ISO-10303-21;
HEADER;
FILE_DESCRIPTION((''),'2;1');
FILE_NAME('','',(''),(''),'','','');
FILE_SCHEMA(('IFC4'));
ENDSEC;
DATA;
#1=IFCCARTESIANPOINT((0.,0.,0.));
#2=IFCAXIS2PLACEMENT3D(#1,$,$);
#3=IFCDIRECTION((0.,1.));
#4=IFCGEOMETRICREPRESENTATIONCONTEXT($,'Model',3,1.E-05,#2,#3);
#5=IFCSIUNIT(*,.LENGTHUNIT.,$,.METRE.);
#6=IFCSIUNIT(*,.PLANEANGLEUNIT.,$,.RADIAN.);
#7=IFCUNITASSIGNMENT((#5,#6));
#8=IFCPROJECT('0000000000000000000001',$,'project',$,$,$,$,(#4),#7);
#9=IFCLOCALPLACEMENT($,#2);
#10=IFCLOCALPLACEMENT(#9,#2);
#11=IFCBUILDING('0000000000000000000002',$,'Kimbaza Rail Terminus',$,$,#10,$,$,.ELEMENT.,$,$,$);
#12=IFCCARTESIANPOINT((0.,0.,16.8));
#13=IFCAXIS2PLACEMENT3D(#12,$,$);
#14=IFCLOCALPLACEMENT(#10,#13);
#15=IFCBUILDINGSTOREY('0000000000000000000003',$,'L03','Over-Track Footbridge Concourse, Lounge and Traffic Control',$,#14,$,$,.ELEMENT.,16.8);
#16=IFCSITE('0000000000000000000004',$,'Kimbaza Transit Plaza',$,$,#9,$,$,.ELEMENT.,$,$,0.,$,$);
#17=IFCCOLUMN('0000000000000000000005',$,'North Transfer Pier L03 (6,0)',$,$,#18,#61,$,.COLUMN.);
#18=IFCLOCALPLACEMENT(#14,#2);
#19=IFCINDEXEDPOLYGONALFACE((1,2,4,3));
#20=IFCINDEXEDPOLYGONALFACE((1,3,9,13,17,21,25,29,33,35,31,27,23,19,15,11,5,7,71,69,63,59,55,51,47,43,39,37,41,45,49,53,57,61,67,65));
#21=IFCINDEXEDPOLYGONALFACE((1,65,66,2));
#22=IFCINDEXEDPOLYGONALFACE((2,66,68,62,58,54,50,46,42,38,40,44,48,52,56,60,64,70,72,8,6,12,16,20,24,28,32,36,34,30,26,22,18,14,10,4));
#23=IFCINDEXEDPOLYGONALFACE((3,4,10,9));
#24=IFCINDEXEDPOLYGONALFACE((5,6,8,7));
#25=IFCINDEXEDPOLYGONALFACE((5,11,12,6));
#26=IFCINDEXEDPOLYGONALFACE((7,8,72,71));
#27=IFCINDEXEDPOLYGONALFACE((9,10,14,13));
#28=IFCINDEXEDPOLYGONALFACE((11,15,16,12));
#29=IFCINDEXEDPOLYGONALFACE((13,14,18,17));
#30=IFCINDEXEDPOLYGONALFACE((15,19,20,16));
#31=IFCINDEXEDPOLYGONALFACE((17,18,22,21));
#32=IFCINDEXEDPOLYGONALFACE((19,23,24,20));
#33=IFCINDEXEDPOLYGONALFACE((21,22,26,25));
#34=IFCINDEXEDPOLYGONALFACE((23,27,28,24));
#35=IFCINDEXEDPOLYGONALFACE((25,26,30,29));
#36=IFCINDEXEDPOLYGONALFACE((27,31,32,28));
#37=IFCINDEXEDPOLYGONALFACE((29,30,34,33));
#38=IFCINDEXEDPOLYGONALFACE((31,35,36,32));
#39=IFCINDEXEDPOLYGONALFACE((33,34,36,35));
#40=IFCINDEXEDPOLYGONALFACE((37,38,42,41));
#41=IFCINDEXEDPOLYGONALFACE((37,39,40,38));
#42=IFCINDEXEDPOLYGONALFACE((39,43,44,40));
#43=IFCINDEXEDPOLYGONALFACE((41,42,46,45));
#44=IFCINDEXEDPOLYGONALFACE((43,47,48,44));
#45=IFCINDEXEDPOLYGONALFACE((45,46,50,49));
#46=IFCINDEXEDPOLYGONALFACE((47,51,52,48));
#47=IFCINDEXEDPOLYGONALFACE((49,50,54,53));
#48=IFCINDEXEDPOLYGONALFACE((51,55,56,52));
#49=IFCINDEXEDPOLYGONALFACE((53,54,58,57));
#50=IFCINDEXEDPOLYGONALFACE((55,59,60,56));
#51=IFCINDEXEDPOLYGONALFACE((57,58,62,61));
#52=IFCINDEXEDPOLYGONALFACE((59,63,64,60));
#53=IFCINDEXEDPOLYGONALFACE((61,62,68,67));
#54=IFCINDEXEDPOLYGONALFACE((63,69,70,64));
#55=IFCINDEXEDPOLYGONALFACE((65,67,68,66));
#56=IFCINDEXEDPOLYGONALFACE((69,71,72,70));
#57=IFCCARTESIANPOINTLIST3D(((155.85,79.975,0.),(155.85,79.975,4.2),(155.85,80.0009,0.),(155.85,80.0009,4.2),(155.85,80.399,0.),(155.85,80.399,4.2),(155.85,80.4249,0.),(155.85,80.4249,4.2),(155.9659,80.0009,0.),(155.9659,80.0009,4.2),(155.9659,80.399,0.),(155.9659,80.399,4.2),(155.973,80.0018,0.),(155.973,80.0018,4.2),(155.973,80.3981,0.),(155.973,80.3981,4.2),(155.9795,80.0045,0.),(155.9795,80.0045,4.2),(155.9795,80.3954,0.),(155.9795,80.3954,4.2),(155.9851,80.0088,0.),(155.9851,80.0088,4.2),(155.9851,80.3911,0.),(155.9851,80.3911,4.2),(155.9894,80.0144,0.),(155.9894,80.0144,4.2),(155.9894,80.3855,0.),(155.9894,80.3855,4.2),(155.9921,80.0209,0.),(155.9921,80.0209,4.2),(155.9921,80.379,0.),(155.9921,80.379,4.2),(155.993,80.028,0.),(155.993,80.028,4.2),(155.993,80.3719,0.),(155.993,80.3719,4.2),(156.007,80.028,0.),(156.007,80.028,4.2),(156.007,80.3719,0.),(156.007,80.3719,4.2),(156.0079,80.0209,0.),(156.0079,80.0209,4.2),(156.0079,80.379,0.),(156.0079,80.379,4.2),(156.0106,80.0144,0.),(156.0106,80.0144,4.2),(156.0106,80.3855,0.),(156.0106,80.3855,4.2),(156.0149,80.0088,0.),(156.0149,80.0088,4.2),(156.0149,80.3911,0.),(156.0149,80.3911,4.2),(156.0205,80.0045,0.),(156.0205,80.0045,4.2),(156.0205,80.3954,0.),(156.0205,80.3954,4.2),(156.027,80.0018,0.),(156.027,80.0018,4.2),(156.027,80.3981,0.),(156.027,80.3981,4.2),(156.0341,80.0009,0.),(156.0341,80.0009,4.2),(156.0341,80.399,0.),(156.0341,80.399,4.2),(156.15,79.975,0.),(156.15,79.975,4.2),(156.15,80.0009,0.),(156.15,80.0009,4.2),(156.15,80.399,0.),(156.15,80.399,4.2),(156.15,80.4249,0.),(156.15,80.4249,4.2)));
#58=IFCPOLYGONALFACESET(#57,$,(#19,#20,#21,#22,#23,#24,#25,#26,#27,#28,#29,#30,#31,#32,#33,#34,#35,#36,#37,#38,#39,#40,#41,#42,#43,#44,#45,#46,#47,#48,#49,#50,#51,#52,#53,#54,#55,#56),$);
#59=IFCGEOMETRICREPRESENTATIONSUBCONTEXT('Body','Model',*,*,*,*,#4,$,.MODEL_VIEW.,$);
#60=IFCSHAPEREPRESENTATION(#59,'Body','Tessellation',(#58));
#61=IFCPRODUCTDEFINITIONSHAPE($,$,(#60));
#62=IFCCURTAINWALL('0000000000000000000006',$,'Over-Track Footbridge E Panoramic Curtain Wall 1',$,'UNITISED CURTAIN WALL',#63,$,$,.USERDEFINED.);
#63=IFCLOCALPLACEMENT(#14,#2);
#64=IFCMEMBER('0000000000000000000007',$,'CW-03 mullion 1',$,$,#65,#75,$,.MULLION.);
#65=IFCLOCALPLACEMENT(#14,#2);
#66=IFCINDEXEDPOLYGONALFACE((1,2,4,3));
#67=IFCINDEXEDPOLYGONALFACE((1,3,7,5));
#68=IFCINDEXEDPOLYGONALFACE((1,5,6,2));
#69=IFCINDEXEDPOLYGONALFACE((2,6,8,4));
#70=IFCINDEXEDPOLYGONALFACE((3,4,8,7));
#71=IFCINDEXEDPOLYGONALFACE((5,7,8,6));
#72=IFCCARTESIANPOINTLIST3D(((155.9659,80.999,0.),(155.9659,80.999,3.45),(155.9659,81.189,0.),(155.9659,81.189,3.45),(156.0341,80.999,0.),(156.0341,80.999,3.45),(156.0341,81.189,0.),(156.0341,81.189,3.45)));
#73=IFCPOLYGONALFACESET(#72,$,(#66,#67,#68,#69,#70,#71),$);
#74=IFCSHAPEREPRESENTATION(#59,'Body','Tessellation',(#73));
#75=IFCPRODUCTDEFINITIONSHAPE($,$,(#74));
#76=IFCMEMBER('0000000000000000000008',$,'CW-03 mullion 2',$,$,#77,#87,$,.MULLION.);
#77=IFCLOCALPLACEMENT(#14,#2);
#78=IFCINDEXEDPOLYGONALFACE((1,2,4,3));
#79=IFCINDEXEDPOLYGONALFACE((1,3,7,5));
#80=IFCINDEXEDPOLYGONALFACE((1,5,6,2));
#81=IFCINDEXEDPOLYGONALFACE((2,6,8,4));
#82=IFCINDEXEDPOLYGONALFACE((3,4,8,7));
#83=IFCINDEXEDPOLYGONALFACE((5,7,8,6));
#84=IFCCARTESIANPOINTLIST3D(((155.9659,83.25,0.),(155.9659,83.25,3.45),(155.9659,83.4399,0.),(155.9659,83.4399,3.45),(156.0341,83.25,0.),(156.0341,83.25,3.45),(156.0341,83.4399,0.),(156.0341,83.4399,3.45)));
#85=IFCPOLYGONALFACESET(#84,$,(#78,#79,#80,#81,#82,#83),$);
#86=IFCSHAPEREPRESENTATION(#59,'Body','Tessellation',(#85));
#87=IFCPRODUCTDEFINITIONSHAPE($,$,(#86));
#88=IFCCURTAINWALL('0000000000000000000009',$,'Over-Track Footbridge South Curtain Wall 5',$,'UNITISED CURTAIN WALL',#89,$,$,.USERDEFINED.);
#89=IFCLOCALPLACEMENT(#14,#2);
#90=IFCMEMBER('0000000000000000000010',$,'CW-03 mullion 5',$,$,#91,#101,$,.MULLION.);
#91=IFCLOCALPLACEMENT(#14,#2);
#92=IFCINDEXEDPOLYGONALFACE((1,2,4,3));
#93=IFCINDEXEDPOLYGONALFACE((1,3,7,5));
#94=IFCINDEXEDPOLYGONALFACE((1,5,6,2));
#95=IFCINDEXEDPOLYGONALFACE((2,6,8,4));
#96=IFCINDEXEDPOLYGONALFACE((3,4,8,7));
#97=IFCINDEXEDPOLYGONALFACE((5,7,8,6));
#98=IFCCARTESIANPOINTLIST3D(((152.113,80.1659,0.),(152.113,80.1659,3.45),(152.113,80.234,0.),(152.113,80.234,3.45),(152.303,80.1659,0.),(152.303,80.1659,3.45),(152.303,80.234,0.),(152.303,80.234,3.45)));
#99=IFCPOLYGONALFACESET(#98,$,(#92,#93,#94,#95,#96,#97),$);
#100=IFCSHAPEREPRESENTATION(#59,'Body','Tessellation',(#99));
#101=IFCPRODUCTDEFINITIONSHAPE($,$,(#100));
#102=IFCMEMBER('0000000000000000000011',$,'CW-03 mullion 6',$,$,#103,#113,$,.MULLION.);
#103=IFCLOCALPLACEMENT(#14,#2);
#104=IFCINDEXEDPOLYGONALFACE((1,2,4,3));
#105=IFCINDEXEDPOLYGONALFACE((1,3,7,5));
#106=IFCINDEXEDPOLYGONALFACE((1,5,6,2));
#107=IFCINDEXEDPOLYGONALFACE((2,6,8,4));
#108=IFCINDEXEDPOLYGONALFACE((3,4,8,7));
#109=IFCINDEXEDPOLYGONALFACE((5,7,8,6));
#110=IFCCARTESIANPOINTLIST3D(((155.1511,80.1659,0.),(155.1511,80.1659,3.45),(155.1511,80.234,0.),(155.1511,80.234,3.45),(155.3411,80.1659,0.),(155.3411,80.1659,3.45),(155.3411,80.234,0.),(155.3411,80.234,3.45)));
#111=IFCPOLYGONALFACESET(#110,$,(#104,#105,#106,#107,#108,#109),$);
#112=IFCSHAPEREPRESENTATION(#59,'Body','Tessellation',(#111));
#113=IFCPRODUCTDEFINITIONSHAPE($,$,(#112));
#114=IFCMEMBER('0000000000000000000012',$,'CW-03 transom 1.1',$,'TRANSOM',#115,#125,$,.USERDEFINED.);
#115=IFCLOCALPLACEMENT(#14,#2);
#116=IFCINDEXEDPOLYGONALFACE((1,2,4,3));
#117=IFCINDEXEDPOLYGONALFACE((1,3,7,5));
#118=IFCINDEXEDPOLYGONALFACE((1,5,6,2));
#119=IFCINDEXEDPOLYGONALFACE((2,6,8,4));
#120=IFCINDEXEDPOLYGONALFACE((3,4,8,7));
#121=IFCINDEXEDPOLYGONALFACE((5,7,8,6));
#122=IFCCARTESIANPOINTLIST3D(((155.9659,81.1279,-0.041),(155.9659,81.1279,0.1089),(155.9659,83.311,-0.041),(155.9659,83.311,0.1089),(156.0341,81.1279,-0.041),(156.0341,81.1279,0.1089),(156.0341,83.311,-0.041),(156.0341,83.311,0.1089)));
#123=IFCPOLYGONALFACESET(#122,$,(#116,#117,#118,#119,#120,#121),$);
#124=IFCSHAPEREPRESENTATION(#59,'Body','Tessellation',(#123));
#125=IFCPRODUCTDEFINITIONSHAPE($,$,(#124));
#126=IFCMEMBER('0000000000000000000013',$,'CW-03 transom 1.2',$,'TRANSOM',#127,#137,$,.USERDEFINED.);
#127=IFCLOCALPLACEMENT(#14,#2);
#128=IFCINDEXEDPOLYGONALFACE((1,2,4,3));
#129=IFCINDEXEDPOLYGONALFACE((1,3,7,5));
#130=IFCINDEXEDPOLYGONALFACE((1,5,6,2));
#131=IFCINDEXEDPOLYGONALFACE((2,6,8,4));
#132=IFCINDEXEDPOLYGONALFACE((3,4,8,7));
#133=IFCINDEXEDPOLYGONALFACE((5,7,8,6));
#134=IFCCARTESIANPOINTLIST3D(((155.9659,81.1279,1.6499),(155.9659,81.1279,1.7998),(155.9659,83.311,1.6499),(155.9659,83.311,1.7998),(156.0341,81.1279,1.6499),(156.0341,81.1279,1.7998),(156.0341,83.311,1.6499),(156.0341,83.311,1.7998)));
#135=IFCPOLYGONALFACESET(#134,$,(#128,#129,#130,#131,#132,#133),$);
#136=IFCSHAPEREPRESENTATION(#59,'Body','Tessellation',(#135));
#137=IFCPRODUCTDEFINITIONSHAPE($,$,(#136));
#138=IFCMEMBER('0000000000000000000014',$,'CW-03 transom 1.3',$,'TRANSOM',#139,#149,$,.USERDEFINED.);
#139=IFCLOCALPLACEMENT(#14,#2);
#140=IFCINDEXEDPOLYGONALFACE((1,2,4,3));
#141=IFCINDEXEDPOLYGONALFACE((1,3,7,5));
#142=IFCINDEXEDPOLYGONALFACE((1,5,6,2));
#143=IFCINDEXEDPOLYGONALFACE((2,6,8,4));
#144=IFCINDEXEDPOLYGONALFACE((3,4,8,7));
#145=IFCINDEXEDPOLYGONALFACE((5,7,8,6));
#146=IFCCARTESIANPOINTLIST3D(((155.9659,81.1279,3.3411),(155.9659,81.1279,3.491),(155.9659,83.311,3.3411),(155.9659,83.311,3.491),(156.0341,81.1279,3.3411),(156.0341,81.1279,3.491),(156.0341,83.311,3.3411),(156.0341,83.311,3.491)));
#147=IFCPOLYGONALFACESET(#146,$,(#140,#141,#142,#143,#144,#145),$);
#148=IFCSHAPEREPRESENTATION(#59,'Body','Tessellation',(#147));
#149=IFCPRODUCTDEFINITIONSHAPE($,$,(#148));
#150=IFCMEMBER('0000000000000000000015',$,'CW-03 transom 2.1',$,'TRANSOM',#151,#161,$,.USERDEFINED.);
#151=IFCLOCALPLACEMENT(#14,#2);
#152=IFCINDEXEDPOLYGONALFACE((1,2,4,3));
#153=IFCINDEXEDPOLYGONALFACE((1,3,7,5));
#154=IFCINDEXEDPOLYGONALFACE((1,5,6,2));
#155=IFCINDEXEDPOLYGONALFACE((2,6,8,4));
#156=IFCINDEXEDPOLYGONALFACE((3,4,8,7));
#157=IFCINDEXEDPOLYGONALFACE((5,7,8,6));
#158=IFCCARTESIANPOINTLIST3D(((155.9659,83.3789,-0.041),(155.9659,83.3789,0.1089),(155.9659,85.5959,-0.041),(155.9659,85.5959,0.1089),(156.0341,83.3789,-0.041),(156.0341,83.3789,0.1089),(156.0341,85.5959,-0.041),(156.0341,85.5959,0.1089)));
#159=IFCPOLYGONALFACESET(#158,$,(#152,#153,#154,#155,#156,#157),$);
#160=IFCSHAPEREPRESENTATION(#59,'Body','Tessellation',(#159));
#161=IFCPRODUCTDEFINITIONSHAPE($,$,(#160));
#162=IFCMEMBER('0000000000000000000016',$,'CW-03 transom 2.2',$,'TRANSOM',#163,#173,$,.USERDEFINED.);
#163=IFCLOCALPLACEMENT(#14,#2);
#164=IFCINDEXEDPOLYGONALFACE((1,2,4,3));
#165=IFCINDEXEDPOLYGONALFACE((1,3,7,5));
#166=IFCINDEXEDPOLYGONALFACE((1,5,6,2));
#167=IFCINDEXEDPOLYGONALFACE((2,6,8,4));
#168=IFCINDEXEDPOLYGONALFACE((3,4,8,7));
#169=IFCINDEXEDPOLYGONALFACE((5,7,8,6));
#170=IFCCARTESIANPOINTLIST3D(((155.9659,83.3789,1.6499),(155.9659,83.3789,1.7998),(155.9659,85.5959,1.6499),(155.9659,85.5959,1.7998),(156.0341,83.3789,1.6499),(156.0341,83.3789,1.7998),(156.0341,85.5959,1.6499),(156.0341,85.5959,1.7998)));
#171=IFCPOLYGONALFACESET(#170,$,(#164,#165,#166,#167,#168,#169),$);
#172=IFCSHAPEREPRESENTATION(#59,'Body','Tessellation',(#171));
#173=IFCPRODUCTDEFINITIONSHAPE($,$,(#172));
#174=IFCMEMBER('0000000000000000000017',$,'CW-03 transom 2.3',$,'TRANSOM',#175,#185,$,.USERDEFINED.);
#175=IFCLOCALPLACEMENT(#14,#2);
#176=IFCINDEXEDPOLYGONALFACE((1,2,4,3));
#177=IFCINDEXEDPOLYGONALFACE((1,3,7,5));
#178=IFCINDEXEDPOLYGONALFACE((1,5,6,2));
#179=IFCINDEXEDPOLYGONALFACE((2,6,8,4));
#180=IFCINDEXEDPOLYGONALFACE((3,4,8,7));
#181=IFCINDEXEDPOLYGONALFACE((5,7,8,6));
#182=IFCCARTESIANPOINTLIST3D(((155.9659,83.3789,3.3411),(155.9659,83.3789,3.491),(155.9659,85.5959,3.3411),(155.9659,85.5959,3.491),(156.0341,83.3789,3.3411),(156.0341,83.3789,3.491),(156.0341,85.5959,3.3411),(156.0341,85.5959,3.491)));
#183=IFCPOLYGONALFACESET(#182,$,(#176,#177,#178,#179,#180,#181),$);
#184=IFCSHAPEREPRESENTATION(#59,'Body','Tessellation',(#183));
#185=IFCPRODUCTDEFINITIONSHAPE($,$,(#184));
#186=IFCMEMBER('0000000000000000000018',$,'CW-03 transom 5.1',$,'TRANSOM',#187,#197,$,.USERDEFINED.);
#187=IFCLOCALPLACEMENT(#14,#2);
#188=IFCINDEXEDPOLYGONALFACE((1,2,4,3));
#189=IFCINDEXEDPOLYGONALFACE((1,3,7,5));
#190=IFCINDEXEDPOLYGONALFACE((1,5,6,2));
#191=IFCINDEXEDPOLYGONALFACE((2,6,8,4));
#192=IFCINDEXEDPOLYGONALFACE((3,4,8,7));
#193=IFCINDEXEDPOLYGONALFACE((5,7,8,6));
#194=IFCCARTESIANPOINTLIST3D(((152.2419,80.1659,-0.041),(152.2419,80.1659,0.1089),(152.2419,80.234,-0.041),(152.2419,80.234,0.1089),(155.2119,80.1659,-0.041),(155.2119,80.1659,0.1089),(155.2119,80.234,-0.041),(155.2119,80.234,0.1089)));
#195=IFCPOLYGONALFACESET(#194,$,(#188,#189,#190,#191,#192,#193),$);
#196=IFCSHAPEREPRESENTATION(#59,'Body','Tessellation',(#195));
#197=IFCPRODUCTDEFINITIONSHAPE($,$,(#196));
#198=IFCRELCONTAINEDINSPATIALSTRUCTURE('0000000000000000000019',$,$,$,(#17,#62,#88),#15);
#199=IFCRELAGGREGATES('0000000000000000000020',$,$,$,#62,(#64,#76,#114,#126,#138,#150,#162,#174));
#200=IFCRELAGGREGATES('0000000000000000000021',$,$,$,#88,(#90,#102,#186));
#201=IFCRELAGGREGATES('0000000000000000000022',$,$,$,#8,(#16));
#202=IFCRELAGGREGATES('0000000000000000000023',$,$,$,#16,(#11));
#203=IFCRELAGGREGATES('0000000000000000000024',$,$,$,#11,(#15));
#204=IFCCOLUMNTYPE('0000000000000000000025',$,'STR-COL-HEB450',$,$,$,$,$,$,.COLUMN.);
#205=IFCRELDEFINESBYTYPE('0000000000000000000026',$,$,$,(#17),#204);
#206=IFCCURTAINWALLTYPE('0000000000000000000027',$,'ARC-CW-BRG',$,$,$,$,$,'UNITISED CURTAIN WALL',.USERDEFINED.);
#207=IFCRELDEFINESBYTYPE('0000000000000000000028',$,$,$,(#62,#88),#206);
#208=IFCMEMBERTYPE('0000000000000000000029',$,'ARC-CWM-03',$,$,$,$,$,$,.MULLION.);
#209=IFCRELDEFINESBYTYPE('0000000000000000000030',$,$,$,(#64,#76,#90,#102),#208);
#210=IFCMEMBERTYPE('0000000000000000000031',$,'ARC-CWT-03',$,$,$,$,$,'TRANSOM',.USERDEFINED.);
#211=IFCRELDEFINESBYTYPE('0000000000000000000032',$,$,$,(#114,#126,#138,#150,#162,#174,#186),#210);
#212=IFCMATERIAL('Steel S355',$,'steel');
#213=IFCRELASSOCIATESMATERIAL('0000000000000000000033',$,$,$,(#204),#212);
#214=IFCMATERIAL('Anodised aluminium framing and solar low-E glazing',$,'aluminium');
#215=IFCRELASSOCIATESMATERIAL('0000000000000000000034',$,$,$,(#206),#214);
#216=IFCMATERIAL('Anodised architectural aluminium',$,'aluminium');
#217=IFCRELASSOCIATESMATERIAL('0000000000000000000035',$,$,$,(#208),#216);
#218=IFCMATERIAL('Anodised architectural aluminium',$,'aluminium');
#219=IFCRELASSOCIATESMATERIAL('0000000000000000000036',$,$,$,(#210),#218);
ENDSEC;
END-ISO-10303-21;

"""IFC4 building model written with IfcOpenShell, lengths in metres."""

from ifc_helpers import new_model, si_unit, direction, frame, origin, origin_2d, place, context, subcontext, project, spatial, rectangle, i_section, extrude, material, material_profile, profile_set, type_object, element, aggregate, save


model = new_model("IFC4")

# Units and contexts
model_context = context("Model", 3, precision=1e-05, world=origin(), true_north=direction((0.0, 1.0)))
body_context = subcontext(model_context, "Body", "Model", "MODEL_VIEW")
ifc_project = project(units=[si_unit("LENGTHUNIT", "METRE"), si_unit("PLANEANGLEUNIT", "RADIAN")], contexts=[model_context])

# Site, building, storey
site_placement = place(None, origin())
site = spatial("IfcSite", under=ifc_project, at=site_placement, Name="Kimbaza Transit Plaza", CompositionType="ELEMENT", RefElevation=0.0)
building_placement = place(site_placement, origin())
building = spatial("IfcBuilding", under=site, at=building_placement, Name="Kimbaza Rail Terminus", CompositionType="ELEMENT")
storey_placement = place(building_placement, frame((0.0, 0.0, 16.8)))
storey = spatial("IfcBuildingStorey", under=building, at=storey_placement, Name="L03", Description="Over-Track Footbridge Concourse, Lounge and Traffic Control", CompositionType="ELEMENT", Elevation=16.8)

# Column
ifc_material_1 = material(Name="Steel S355", Category="steel")
ifc_material_profile_1 = material_profile(ifc_material_1, i_section(OverallWidth=0.3, OverallDepth=0.45, WebThickness=0.0139, FlangeThickness=0.0259, FilletRadius=0.0271, at=origin_2d()), Name="HEB 450")
ifc_profile_set_1 = profile_set([ifc_material_profile_1], Name="Steel S355")
column_type = type_object("IfcColumnType", Name="STR-COL-HEB450", PredefinedType="COLUMN", material=ifc_profile_set_1)
column_placement = place(storey_placement, frame((156.0, 80.2, 0.0), z_axis=(0.0, 0.0, 1.0), x_axis=(1.0, 0.0, 0.0)))
element("IfcColumn", 1, at=column_placement, inside=storey, type_object=column_type, Name="North Transfer Pier L03 (6,0)", PredefinedType="COLUMN", context=body_context, shape_type="SweptSolid", body=[
    extrude(i_section(OverallWidth=0.3, OverallDepth=0.45, WebThickness=0.0139, FlangeThickness=0.0259, FilletRadius=0.0271, at=origin_2d()), origin(), (0.0, 0.0, 1.0), 4.2),
])

# Curtain walls, members
ifc_material_2 = material(Name="Anodised aluminium framing and solar low-E glazing", Category="aluminium")
curtain_wall_type = type_object("IfcCurtainWallType", Name="ARC-CW-BRG", ElementType="UNITISED CURTAIN WALL", PredefinedType="USERDEFINED", material=ifc_material_2)
curtain_wall_1_placement = place(storey_placement, origin())
curtain_wall_1 = element("IfcCurtainWall", 2, at=curtain_wall_1_placement, inside=storey, type_object=curtain_wall_type, Name="Over-Track Footbridge E Panoramic Curtain Wall 1", ObjectType="UNITISED CURTAIN WALL", PredefinedType="USERDEFINED")
ifc_material_3 = material(Name="Anodised architectural aluminium", Category="aluminium")
ifc_material_profile_2 = material_profile(ifc_material_3, rectangle(XDim=0.0681, YDim=0.1899, at=origin_2d()), Name="MULLION 68x190")
ifc_profile_set_2 = profile_set([ifc_material_profile_2], Name="Anodised architectural aluminium")
member_type_1 = type_object("IfcMemberType", Name="ARC-CWM-03", PredefinedType="MULLION", material=ifc_profile_set_2)
member_1_placement = place(storey_placement, frame((156.0, 81.094, 0.0), z_axis=(0.0, 0.0, 1.0), x_axis=(-1.0, 0.0, 0.0)))
member_1 = element("IfcMember", 3, at=member_1_placement, type_object=member_type_1, Name="CW-03 mullion 1", PredefinedType="MULLION", context=body_context, shape_type="SweptSolid", body=[
    extrude(rectangle(XDim=0.0681, YDim=0.1899, at=origin_2d()), origin(), (0.0, 0.0, 1.0), 3.45),
])
member_2_placement = place(storey_placement, frame((156.0, 83.345, 0.0), z_axis=(0.0, 0.0, 1.0), x_axis=(-1.0, 0.0, 0.0)))
member_2 = element("IfcMember", 4, at=member_2_placement, type_object=member_type_1, Name="CW-03 mullion 2", PredefinedType="MULLION", context=body_context, shape_type="SweptSolid", body=[
    extrude(rectangle(XDim=0.0681, YDim=0.1899, at=origin_2d()), origin(), (0.0, 0.0, 1.0), 3.45),
])
curtain_wall_2_placement = place(storey_placement, origin())
curtain_wall_2 = element("IfcCurtainWall", 5, at=curtain_wall_2_placement, inside=storey, type_object=curtain_wall_type, Name="Over-Track Footbridge South Curtain Wall 5", ObjectType="UNITISED CURTAIN WALL", PredefinedType="USERDEFINED")
member_3_placement = place(storey_placement, frame((152.208, 80.2, 0.0), z_axis=(0.0, 0.0, 1.0), x_axis=(0.0, 1.0, 0.0)))
member_3 = element("IfcMember", 6, at=member_3_placement, type_object=member_type_1, Name="CW-03 mullion 5", PredefinedType="MULLION", context=body_context, shape_type="SweptSolid", body=[
    extrude(rectangle(XDim=0.0681, YDim=0.1899, at=origin_2d()), origin(), (0.0, 0.0, 1.0), 3.45),
])
member_4_placement = place(storey_placement, frame((155.2461, 80.2, 0.0), z_axis=(0.0, 0.0, 1.0), x_axis=(0.0, 1.0, 0.0)))
member_4 = element("IfcMember", 7, at=member_4_placement, type_object=member_type_1, Name="CW-03 mullion 6", PredefinedType="MULLION", context=body_context, shape_type="SweptSolid", body=[
    extrude(rectangle(XDim=0.0681, YDim=0.1899, at=origin_2d()), origin(), (0.0, 0.0, 1.0), 3.45),
])

# Members
ifc_material_4 = material(Name="Anodised architectural aluminium", Category="aluminium")
ifc_material_profile_3 = material_profile(ifc_material_4, rectangle(XDim=0.0681, YDim=0.1499, at=origin_2d()), Name="TRANSOM 68x150")
ifc_profile_set_3 = profile_set([ifc_material_profile_3], Name="Anodised architectural aluminium")
member_type_2 = type_object("IfcMemberType", Name="ARC-CWT-03", ElementType="TRANSOM", PredefinedType="USERDEFINED", material=ifc_profile_set_3)
member_5_placement = place(storey_placement, frame((156.0, 81.1279, 0.0339), z_axis=(0.0, 1.0, 0.0), x_axis=(-1.0, 0.0, 0.0)))
member_5 = element("IfcMember", 8, at=member_5_placement, type_object=member_type_2, Name="CW-03 transom 1.1", ObjectType="TRANSOM", PredefinedType="USERDEFINED", context=body_context, shape_type="SweptSolid", body=[
    extrude(rectangle(XDim=0.0681, YDim=0.1499, at=origin_2d()), origin(), (0.0, 0.0, 1.0), 2.1831),
])
member_6_placement = place(storey_placement, frame((156.0, 81.1279, 1.7249), z_axis=(0.0, 1.0, 0.0), x_axis=(-1.0, 0.0, 0.0)))
member_6 = element("IfcMember", 9, at=member_6_placement, type_object=member_type_2, Name="CW-03 transom 1.2", ObjectType="TRANSOM", PredefinedType="USERDEFINED", context=body_context, shape_type="SweptSolid", body=[
    extrude(rectangle(XDim=0.0681, YDim=0.1499, at=origin_2d()), origin(), (0.0, 0.0, 1.0), 2.1831),
])
member_7_placement = place(storey_placement, frame((156.0, 81.1279, 3.416), z_axis=(0.0, 1.0, 0.0), x_axis=(-1.0, 0.0, 0.0)))
member_7 = element("IfcMember", 10, at=member_7_placement, type_object=member_type_2, Name="CW-03 transom 1.3", ObjectType="TRANSOM", PredefinedType="USERDEFINED", context=body_context, shape_type="SweptSolid", body=[
    extrude(rectangle(XDim=0.0681, YDim=0.1499, at=origin_2d()), origin(), (0.0, 0.0, 1.0), 2.1831),
])
member_8_placement = place(storey_placement, frame((156.0, 83.3789, 0.0339), z_axis=(0.0, 1.0, 0.0), x_axis=(-1.0, 0.0, 0.0)))
member_8 = element("IfcMember", 11, at=member_8_placement, type_object=member_type_2, Name="CW-03 transom 2.1", ObjectType="TRANSOM", PredefinedType="USERDEFINED", context=body_context, shape_type="SweptSolid", body=[
    extrude(rectangle(XDim=0.0681, YDim=0.1499, at=origin_2d()), origin(), (0.0, 0.0, 1.0), 2.217),
])
member_9_placement = place(storey_placement, frame((156.0, 83.3789, 1.7249), z_axis=(0.0, 1.0, 0.0), x_axis=(-1.0, 0.0, 0.0)))
member_9 = element("IfcMember", 12, at=member_9_placement, type_object=member_type_2, Name="CW-03 transom 2.2", ObjectType="TRANSOM", PredefinedType="USERDEFINED", context=body_context, shape_type="SweptSolid", body=[
    extrude(rectangle(XDim=0.0681, YDim=0.1499, at=origin_2d()), origin(), (0.0, 0.0, 1.0), 2.217),
])
member_10_placement = place(storey_placement, frame((156.0, 83.3789, 3.416), z_axis=(0.0, 1.0, 0.0), x_axis=(-1.0, 0.0, 0.0)))
member_10 = element("IfcMember", 13, at=member_10_placement, type_object=member_type_2, Name="CW-03 transom 2.3", ObjectType="TRANSOM", PredefinedType="USERDEFINED", context=body_context, shape_type="SweptSolid", body=[
    extrude(rectangle(XDim=0.0681, YDim=0.1499, at=origin_2d()), origin(), (0.0, 0.0, 1.0), 2.217),
])
member_11_placement = place(storey_placement, frame((152.2419, 80.2, 0.0339), z_axis=(1.0, 0.0, 0.0), x_axis=(0.0, 1.0, 0.0)))
member_11 = element("IfcMember", 14, at=member_11_placement, type_object=member_type_2, Name="CW-03 transom 5.1", ObjectType="TRANSOM", PredefinedType="USERDEFINED", context=body_context, shape_type="SweptSolid", body=[
    extrude(rectangle(XDim=0.0681, YDim=0.1499, at=origin_2d()), origin(), (0.0, 0.0, 1.0), 2.97),
])

aggregate(curtain_wall_1, [member_1, member_2, member_5, member_6, member_7, member_8, member_9, member_10])
aggregate(curtain_wall_2, [member_3, member_4, member_11])

save(model, "model.ifc")
